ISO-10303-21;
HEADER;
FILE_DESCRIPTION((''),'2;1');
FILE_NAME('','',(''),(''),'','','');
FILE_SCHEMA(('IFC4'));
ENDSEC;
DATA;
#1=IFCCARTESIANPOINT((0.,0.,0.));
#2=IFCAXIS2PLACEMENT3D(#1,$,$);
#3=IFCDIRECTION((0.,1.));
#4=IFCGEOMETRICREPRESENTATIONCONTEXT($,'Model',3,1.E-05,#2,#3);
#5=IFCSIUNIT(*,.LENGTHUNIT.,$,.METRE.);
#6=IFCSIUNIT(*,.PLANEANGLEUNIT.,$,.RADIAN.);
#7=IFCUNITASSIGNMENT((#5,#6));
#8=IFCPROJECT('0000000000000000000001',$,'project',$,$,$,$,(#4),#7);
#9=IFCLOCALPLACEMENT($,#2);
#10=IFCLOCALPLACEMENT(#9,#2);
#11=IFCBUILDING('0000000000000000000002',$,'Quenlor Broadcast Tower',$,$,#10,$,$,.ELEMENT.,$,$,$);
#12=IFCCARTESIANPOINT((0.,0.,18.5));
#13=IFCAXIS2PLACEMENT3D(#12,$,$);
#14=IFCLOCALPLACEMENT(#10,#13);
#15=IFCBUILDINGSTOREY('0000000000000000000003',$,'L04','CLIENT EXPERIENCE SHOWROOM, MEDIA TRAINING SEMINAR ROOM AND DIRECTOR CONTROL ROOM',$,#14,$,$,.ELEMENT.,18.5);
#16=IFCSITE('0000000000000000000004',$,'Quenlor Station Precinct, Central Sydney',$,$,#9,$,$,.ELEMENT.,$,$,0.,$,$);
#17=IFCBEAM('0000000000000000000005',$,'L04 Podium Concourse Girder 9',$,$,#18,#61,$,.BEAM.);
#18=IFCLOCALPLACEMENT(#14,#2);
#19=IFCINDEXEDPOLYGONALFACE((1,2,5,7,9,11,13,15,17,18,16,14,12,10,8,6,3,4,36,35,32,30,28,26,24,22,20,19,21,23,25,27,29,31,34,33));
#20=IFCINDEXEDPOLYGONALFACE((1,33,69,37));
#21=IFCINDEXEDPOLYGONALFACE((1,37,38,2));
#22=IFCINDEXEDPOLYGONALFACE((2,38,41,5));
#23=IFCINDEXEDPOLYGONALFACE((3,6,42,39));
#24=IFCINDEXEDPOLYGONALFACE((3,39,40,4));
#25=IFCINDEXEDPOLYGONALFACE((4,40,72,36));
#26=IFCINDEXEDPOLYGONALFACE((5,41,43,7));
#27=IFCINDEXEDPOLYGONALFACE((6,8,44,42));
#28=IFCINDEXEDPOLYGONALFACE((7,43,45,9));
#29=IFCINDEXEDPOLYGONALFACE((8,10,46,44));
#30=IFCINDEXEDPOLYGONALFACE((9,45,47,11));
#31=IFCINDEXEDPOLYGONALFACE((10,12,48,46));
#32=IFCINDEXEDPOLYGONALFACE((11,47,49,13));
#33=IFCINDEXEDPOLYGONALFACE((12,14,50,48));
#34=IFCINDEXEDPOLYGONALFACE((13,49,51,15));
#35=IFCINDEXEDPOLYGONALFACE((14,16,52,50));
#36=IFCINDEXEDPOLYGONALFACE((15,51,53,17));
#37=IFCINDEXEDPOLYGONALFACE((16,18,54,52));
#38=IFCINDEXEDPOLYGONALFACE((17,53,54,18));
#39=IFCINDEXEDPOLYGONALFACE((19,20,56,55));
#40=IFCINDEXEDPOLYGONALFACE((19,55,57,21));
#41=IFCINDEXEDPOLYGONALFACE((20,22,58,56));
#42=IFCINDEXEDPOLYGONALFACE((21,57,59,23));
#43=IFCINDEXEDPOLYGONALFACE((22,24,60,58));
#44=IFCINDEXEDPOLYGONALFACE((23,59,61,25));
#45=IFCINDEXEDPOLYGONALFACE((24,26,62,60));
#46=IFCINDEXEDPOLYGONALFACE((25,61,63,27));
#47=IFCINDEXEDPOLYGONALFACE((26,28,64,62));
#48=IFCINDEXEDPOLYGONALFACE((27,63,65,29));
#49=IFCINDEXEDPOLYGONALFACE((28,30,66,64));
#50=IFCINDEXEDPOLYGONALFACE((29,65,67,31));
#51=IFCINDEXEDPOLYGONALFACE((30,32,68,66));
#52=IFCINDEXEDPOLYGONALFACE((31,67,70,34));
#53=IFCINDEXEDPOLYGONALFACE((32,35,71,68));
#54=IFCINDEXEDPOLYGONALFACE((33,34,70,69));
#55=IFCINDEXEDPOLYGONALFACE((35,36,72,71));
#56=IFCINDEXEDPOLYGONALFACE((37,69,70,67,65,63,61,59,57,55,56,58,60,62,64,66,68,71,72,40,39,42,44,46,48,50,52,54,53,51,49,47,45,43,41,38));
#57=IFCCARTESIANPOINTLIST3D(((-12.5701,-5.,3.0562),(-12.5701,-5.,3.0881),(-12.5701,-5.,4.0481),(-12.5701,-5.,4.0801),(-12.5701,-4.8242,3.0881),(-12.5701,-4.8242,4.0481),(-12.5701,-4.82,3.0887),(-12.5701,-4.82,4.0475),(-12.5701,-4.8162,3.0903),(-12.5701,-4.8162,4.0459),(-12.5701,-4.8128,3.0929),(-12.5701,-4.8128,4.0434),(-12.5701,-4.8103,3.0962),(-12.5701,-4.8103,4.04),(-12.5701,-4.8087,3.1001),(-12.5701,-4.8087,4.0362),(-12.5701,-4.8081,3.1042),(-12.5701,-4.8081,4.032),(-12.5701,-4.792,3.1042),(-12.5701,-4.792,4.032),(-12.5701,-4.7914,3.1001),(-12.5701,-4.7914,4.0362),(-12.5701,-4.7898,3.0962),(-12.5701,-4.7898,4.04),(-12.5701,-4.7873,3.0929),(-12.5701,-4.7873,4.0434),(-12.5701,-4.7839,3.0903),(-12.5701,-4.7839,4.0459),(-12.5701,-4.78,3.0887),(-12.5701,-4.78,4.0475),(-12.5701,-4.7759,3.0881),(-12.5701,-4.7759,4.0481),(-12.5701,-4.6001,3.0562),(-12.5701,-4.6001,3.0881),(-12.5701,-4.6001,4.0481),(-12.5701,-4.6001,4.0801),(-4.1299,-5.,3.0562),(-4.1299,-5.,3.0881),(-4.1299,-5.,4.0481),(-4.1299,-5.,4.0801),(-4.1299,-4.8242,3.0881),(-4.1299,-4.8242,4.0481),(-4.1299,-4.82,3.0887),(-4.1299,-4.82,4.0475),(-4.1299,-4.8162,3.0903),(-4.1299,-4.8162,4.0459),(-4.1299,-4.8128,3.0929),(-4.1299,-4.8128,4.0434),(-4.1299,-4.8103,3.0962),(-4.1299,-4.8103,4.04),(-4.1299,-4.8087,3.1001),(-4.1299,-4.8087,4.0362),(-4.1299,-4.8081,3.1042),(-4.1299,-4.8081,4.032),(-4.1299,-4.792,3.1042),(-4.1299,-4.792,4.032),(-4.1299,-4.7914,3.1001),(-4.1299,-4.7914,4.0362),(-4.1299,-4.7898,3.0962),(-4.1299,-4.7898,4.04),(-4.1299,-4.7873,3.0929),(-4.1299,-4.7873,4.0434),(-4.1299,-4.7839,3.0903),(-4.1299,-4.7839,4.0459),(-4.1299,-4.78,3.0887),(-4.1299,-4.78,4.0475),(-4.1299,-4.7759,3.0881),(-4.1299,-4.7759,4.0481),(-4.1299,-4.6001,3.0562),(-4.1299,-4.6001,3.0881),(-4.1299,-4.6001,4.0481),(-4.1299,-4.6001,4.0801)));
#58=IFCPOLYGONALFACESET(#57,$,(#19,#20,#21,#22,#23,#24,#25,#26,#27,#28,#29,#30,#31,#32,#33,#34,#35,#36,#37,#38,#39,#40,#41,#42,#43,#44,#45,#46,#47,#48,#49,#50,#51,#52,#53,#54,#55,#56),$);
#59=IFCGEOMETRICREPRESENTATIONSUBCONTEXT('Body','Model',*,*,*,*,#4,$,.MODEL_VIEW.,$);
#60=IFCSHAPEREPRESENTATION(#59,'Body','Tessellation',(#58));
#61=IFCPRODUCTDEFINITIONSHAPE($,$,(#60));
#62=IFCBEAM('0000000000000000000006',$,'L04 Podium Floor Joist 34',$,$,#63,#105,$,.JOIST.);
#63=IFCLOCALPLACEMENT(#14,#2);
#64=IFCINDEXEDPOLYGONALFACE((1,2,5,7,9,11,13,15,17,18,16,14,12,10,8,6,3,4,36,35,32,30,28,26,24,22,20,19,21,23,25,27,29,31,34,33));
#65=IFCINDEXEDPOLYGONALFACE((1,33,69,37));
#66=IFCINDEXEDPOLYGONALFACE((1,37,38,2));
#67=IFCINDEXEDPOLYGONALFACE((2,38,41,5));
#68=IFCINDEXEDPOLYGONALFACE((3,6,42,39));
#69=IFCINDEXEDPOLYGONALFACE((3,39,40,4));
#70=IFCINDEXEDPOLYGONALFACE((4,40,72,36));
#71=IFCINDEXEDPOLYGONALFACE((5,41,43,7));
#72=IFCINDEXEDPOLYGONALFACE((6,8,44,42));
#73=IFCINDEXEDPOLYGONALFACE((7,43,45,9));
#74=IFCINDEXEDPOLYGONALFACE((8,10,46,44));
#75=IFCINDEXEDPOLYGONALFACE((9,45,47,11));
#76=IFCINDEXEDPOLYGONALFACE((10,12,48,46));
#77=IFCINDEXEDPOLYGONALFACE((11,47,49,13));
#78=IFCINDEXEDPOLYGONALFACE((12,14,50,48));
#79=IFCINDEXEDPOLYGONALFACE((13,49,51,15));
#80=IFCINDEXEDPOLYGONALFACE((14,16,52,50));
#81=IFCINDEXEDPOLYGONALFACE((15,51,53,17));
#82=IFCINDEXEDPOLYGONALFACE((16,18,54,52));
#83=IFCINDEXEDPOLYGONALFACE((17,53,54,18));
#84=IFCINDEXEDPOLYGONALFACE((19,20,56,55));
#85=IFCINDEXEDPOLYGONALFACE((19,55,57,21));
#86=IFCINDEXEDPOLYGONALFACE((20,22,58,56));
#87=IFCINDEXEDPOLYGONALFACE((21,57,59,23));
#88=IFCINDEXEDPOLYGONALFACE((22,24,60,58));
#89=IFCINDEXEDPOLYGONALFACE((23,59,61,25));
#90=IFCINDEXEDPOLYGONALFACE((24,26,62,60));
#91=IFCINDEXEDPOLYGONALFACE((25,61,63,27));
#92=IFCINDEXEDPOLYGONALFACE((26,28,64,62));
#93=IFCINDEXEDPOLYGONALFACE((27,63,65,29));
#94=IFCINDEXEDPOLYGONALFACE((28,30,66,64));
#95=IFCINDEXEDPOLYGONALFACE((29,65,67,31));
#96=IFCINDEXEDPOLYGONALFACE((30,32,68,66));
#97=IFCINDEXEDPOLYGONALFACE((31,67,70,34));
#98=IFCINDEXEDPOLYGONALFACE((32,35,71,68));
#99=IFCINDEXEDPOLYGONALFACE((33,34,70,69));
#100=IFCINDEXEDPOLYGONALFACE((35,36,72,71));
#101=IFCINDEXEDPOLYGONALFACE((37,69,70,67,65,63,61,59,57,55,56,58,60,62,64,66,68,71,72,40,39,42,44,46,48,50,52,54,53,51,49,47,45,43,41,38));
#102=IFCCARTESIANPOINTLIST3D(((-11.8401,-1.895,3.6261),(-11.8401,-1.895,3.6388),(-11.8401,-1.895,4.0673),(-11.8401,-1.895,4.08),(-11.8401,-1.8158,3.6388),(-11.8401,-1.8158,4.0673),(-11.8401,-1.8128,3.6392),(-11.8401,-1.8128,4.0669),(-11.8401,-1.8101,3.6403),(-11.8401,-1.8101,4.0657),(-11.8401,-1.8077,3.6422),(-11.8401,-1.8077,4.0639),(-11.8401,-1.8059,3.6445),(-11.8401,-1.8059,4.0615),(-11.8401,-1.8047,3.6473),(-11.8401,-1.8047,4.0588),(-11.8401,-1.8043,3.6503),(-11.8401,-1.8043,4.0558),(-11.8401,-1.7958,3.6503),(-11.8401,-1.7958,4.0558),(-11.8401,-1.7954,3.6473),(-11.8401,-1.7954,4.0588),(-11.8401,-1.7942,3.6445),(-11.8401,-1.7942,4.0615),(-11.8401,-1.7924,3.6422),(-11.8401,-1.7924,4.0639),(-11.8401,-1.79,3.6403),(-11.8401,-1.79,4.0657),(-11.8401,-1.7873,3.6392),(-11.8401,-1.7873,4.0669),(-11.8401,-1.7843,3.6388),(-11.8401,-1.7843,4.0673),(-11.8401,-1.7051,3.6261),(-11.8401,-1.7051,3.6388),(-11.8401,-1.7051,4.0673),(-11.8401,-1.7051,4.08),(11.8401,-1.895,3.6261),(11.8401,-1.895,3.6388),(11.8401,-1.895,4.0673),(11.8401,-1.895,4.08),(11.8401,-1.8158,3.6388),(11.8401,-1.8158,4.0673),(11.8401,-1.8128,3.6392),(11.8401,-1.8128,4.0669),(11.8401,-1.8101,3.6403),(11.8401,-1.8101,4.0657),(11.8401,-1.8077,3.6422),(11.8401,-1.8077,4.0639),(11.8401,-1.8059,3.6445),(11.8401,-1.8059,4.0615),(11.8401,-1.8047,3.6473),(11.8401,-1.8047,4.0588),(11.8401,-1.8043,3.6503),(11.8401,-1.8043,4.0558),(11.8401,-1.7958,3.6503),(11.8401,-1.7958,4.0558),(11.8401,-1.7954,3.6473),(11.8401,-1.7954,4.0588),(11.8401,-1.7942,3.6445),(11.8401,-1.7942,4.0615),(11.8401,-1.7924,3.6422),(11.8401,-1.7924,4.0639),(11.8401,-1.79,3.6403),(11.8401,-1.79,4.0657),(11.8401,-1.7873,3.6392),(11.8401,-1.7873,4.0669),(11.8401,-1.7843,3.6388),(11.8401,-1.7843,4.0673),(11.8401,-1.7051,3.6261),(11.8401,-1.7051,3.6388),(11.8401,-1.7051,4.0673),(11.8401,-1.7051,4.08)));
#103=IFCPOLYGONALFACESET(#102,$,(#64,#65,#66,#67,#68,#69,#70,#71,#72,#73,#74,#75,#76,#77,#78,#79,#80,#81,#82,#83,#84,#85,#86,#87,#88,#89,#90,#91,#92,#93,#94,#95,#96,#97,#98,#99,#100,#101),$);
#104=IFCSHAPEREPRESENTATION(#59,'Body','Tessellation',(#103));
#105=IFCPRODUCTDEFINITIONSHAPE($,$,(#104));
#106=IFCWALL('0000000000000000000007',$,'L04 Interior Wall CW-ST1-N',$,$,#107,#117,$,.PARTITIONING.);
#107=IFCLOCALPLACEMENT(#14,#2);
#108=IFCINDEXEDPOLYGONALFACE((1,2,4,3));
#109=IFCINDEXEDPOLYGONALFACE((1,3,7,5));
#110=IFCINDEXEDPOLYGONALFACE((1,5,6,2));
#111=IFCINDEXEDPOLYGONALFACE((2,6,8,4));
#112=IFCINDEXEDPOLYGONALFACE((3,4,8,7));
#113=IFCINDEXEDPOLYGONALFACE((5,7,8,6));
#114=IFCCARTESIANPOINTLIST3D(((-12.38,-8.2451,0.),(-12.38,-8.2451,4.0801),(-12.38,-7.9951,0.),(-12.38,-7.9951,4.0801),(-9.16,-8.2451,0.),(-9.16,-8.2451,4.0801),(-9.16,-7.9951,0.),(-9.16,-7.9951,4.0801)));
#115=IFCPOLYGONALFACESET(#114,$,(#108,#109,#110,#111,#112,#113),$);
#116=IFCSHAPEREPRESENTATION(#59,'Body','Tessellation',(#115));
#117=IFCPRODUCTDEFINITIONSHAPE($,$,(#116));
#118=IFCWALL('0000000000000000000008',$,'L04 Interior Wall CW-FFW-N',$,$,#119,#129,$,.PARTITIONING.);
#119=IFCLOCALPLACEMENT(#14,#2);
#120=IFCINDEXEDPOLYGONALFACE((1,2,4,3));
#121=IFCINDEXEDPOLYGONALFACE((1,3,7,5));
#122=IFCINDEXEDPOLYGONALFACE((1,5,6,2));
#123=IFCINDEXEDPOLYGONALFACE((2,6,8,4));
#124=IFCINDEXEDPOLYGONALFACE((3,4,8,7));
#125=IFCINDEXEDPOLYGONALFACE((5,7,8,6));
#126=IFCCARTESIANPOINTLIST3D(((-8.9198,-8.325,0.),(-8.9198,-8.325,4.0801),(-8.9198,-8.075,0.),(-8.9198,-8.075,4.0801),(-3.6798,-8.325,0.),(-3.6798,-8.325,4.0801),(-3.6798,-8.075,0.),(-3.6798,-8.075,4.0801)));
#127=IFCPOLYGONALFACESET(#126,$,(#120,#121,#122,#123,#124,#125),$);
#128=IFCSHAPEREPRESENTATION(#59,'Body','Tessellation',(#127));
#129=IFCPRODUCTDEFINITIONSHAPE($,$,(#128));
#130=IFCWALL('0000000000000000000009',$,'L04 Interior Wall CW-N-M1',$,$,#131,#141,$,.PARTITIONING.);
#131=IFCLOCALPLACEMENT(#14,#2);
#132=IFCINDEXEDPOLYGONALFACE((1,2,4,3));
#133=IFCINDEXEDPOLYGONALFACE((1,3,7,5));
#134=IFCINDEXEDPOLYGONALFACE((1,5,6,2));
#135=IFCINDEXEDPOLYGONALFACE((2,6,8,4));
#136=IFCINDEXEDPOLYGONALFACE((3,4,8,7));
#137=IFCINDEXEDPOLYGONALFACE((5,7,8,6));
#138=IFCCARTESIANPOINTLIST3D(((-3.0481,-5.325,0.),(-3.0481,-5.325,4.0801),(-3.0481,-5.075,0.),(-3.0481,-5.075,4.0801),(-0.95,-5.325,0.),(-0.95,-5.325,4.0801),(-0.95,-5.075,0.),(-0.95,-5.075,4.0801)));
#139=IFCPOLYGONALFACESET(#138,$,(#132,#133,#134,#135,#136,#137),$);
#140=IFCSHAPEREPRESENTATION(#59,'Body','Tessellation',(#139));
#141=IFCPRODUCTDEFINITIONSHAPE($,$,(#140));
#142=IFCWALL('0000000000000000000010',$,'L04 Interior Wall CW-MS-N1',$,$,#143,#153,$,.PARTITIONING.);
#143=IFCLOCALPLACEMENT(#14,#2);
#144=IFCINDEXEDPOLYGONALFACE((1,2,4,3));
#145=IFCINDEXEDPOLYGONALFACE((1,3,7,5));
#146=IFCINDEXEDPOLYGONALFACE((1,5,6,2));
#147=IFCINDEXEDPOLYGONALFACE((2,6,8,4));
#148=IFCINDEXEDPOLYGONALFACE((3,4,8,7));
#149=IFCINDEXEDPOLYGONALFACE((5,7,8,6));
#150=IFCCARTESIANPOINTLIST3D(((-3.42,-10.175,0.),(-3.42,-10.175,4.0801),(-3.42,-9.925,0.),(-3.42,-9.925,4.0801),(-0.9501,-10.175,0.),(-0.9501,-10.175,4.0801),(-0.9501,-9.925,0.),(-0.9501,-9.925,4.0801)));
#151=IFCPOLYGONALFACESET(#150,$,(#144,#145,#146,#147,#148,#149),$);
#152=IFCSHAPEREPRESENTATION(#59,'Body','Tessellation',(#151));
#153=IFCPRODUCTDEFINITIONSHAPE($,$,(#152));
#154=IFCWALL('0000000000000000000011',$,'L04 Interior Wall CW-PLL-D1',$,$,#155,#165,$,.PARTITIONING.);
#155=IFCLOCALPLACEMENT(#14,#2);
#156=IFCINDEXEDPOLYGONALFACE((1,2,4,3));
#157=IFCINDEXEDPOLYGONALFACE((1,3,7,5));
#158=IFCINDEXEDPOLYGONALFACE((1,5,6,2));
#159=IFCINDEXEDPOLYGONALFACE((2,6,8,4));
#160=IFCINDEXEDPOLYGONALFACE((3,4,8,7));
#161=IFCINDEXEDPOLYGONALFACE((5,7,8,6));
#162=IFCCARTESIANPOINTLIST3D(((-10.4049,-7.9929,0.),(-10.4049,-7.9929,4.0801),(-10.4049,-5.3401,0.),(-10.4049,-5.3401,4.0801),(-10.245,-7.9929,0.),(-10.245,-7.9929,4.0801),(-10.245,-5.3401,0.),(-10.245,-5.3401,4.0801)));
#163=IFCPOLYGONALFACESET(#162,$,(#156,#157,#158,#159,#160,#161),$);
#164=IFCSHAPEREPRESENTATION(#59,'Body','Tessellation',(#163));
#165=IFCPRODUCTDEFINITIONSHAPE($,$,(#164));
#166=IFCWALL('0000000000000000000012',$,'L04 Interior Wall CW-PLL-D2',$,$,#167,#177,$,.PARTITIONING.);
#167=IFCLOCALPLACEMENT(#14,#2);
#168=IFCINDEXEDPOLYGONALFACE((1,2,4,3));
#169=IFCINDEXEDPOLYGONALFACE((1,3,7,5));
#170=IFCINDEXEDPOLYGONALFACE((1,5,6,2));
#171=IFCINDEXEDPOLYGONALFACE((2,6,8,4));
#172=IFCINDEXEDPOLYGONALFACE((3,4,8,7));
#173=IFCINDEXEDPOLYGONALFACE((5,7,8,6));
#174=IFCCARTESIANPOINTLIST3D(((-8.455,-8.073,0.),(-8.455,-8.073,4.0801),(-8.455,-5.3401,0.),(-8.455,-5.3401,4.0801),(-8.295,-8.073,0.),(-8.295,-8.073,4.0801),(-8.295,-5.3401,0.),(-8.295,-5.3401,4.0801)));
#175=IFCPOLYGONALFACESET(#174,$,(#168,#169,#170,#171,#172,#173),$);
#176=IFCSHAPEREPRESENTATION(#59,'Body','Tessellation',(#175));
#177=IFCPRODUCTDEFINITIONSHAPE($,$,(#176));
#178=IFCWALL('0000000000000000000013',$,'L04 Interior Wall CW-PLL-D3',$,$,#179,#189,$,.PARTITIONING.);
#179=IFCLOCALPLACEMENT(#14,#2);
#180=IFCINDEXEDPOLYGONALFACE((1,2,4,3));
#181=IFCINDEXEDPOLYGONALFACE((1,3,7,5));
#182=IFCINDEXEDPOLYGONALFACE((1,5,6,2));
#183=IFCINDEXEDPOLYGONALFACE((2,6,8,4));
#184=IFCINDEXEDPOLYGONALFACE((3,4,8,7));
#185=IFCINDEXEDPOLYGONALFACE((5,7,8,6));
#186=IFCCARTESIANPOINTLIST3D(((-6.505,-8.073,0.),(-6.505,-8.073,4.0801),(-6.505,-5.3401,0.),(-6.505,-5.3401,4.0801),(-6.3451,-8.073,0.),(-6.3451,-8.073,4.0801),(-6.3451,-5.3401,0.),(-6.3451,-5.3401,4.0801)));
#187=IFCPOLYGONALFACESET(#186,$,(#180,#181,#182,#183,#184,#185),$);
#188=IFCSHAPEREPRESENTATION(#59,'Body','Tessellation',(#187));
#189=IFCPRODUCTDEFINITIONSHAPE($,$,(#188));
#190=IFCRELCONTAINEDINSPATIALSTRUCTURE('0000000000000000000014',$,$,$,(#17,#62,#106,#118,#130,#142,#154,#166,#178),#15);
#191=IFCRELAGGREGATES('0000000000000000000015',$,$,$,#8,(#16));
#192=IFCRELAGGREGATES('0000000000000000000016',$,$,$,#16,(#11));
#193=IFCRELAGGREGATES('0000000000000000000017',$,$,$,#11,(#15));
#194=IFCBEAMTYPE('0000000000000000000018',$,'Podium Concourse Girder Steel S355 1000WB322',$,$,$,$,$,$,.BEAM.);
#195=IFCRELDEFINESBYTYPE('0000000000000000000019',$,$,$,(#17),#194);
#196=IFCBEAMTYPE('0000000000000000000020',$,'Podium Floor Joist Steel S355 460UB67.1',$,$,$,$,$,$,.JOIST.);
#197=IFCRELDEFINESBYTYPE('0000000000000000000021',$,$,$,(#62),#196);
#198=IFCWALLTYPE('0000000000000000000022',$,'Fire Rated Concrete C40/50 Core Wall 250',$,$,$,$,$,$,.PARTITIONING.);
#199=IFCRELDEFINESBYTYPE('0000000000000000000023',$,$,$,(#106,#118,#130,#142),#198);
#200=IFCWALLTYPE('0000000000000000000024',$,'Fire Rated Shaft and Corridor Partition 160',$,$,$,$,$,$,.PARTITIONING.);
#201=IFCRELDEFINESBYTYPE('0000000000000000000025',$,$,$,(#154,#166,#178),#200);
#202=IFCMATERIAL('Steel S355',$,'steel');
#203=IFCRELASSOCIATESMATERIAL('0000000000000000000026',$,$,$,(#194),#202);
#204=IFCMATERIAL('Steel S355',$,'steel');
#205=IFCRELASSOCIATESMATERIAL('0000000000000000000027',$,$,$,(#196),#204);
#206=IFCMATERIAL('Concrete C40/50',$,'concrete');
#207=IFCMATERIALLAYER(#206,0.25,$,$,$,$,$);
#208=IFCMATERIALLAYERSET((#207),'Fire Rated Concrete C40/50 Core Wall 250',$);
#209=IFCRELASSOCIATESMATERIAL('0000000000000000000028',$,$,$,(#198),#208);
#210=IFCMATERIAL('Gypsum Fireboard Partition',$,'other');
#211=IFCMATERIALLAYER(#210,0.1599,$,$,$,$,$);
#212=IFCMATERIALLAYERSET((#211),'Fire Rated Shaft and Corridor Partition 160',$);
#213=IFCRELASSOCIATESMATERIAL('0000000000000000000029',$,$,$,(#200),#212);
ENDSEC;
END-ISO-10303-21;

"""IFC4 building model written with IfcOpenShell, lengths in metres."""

from ifc_helpers import new_model, si_unit, direction, frame, frame_2d, origin, origin_2d, place, context, subcontext, project, spatial, rectangle, i_section, extrude, material, layer, layer_set, material_profile, profile_set, type_object, element, save


model = new_model("IFC4")

# Units and contexts
model_context = context("Model", 3, precision=1e-05, world=origin(), true_north=direction((0.0, 1.0)))
body_context = subcontext(model_context, "Body", "Model", "MODEL_VIEW")
ifc_project = project(units=[si_unit("LENGTHUNIT", "METRE"), si_unit("PLANEANGLEUNIT", "RADIAN")], contexts=[model_context])

# Site, building, storey
site_placement = place(None, origin())
site = spatial("IfcSite", under=ifc_project, at=site_placement, Name="Quenlor Station Precinct, Central Sydney", CompositionType="ELEMENT", RefElevation=0.0)
building_placement = place(site_placement, origin())
building = spatial("IfcBuilding", under=site, at=building_placement, Name="Quenlor Broadcast Tower", CompositionType="ELEMENT")
storey_placement = place(building_placement, frame((0.0, 0.0, 18.5)))
storey = spatial("IfcBuildingStorey", under=building, at=storey_placement, Name="L04", Description="CLIENT EXPERIENCE SHOWROOM, MEDIA TRAINING SEMINAR ROOM AND DIRECTOR CONTROL ROOM", CompositionType="ELEMENT", Elevation=18.5)

# Beams
ifc_material_1 = material(Name="Steel S355", Category="steel")
ifc_material_profile_1 = material_profile(ifc_material_1, i_section(OverallWidth=0.3999, OverallDepth=1.0239, WebThickness=0.0161, FlangeThickness=0.032, FilletRadius=0.0161, at=origin_2d()))
ifc_profile_set_1 = profile_set([ifc_material_profile_1], Name="Steel S355 1000WB322")
beam_type_1 = type_object("IfcBeamType", Name="Podium Concourse Girder Steel S355 1000WB322", PredefinedType="BEAM", material=ifc_profile_set_1)
beam_1_placement = place(storey_placement, frame((-12.5701, -4.8, 3.5681), z_axis=(1.0, 0.0, 0.0), x_axis=(0.0, 1.0, 0.0)))
element("IfcBeam", 1, at=beam_1_placement, inside=storey, type_object=beam_type_1, Name="L04 Podium Concourse Girder 9", PredefinedType="BEAM", context=body_context, shape_type="SweptSolid", body=[
    extrude(i_section(OverallWidth=0.3999, OverallDepth=1.0239, WebThickness=0.0161, FlangeThickness=0.032, FilletRadius=0.0161, at=origin_2d()), origin(), (0.0, 0.0, 1.0), 8.4402),
])
ifc_material_2 = material(Name="Steel S355", Category="steel")
ifc_material_profile_2 = material_profile(ifc_material_2, i_section(OverallWidth=0.1899, OverallDepth=0.4539, WebThickness=0.0085, FlangeThickness=0.0127, FilletRadius=0.0115, at=origin_2d()))
ifc_profile_set_2 = profile_set([ifc_material_profile_2], Name="Steel S355 460UB67.1")
beam_type_2 = type_object("IfcBeamType", Name="Podium Floor Joist Steel S355 460UB67.1", PredefinedType="JOIST", material=ifc_profile_set_2)
beam_2_placement = place(storey_placement, frame((-11.8401, -1.8, 3.853), z_axis=(1.0, 0.0, 0.0), x_axis=(0.0, 1.0, 0.0)))
element("IfcBeam", 2, at=beam_2_placement, inside=storey, type_object=beam_type_2, Name="L04 Podium Floor Joist 34", PredefinedType="JOIST", context=body_context, shape_type="SweptSolid", body=[
    extrude(i_section(OverallWidth=0.1899, OverallDepth=0.4539, WebThickness=0.0085, FlangeThickness=0.0127, FilletRadius=0.0115, at=origin_2d()), origin(), (0.0, 0.0, 1.0), 23.6802),
])

# Shared definitions
ifc_material_3 = material(Name="Concrete C40/50", Category="concrete")
ifc_layer_1 = layer(ifc_material_3, 0.25)
ifc_layer_set_1 = layer_set([ifc_layer_1], Name="Fire Rated Concrete C40/50 Core Wall 250")
wall_type_1 = type_object("IfcWallType", Name="Fire Rated Concrete C40/50 Core Wall 250", PredefinedType="PARTITIONING", material=ifc_layer_set_1)

# Walls
wall_1_placement = place(storey_placement, frame((-12.3799, -8.1201, 0.0), z_axis=(0.0, 0.0, 1.0), x_axis=(1.0, 0.0, 0.0)))
element("IfcWall", 3, at=wall_1_placement, inside=storey, type_object=wall_type_1, Name="L04 Interior Wall CW-ST1-N", PredefinedType="PARTITIONING", context=body_context, shape_type="SweptSolid", body=[
    extrude(rectangle(XDim=3.22, YDim=0.25, at=frame_2d((1.6099, 0.0))), origin(), (0.0, 0.0, 1.0), 4.0801),
])
wall_2_placement = place(storey_placement, frame((-8.9199, -8.2, 0.0), z_axis=(0.0, 0.0, 1.0), x_axis=(1.0, 0.0, 0.0)))
element("IfcWall", 4, at=wall_2_placement, inside=storey, type_object=wall_type_1, Name="L04 Interior Wall CW-FFW-N", PredefinedType="PARTITIONING", context=body_context, shape_type="SweptSolid", body=[
    extrude(rectangle(XDim=5.24, YDim=0.25, at=frame_2d((2.6201, 0.0))), origin(), (0.0, 0.0, 1.0), 4.0801),
])

# Walls
wall_3_placement = place(storey_placement, frame((-3.0481, -5.2, 0.0), z_axis=(0.0, 0.0, 1.0), x_axis=(1.0, 0.0, 0.0)))
element("IfcWall", 5, at=wall_3_placement, inside=storey, type_object=wall_type_1, Name="L04 Interior Wall CW-N-M1", PredefinedType="PARTITIONING", context=body_context, shape_type="SweptSolid", body=[
    extrude(rectangle(XDim=2.0981, YDim=0.25, at=frame_2d((1.0491, 0.0))), origin(), (0.0, 0.0, 1.0), 4.0801),
])
wall_4_placement = place(storey_placement, frame((-3.4199, -10.05, 0.0), z_axis=(0.0, 0.0, 1.0), x_axis=(1.0, 0.0, 0.0)))
element("IfcWall", 6, at=wall_4_placement, inside=storey, type_object=wall_type_1, Name="L04 Interior Wall CW-MS-N1", PredefinedType="PARTITIONING", context=body_context, shape_type="SweptSolid", body=[
    extrude(rectangle(XDim=2.47, YDim=0.25, at=frame_2d((1.2349, 0.0))), origin(), (0.0, 0.0, 1.0), 4.0801),
])
ifc_material_4 = material(Name="Gypsum Fireboard Partition", Category="other")
ifc_layer_2 = layer(ifc_material_4, 0.1599)
ifc_layer_set_2 = layer_set([ifc_layer_2], Name="Fire Rated Shaft and Corridor Partition 160")
wall_type_2 = type_object("IfcWallType", Name="Fire Rated Shaft and Corridor Partition 160", PredefinedType="PARTITIONING", material=ifc_layer_set_2)
wall_5_placement = place(storey_placement, frame((-10.325, -7.9929, 0.0), z_axis=(0.0, 0.0, 1.0), x_axis=(0.0, 1.0, 0.0)))
element("IfcWall", 7, at=wall_5_placement, inside=storey, type_object=wall_type_2, Name="L04 Interior Wall CW-PLL-D1", PredefinedType="PARTITIONING", context=body_context, shape_type="SweptSolid", body=[
    extrude(rectangle(XDim=2.6528, YDim=0.1599, at=frame_2d((1.3264, 0.0))), origin(), (0.0, 0.0, 1.0), 4.0801),
])
for number, where, z_axis, x_axis, name in (
    (8, (-8.375, -8.073, 0.0), (0.0, 0.0, 1.0), (0.0, 1.0, 0.0), "L04 Interior Wall CW-PLL-D2"),
    (9, (-6.425, -8.073, 0.0), (0.0, 0.0, 1.0), (0.0, 1.0, 0.0), "L04 Interior Wall CW-PLL-D3"),
):
    element("IfcWall", number, at=place(storey_placement, frame(where, z_axis=z_axis, x_axis=x_axis)), inside=storey, type_object=wall_type_2, Name=name, PredefinedType="PARTITIONING", context=body_context, shape_type="SweptSolid", body=[
        extrude(rectangle(XDim=2.7329, YDim=0.1599, at=frame_2d((1.3665, 0.0))), origin(), (0.0, 0.0, 1.0), 4.0801),
    ])

save(model, "model.ifc")
